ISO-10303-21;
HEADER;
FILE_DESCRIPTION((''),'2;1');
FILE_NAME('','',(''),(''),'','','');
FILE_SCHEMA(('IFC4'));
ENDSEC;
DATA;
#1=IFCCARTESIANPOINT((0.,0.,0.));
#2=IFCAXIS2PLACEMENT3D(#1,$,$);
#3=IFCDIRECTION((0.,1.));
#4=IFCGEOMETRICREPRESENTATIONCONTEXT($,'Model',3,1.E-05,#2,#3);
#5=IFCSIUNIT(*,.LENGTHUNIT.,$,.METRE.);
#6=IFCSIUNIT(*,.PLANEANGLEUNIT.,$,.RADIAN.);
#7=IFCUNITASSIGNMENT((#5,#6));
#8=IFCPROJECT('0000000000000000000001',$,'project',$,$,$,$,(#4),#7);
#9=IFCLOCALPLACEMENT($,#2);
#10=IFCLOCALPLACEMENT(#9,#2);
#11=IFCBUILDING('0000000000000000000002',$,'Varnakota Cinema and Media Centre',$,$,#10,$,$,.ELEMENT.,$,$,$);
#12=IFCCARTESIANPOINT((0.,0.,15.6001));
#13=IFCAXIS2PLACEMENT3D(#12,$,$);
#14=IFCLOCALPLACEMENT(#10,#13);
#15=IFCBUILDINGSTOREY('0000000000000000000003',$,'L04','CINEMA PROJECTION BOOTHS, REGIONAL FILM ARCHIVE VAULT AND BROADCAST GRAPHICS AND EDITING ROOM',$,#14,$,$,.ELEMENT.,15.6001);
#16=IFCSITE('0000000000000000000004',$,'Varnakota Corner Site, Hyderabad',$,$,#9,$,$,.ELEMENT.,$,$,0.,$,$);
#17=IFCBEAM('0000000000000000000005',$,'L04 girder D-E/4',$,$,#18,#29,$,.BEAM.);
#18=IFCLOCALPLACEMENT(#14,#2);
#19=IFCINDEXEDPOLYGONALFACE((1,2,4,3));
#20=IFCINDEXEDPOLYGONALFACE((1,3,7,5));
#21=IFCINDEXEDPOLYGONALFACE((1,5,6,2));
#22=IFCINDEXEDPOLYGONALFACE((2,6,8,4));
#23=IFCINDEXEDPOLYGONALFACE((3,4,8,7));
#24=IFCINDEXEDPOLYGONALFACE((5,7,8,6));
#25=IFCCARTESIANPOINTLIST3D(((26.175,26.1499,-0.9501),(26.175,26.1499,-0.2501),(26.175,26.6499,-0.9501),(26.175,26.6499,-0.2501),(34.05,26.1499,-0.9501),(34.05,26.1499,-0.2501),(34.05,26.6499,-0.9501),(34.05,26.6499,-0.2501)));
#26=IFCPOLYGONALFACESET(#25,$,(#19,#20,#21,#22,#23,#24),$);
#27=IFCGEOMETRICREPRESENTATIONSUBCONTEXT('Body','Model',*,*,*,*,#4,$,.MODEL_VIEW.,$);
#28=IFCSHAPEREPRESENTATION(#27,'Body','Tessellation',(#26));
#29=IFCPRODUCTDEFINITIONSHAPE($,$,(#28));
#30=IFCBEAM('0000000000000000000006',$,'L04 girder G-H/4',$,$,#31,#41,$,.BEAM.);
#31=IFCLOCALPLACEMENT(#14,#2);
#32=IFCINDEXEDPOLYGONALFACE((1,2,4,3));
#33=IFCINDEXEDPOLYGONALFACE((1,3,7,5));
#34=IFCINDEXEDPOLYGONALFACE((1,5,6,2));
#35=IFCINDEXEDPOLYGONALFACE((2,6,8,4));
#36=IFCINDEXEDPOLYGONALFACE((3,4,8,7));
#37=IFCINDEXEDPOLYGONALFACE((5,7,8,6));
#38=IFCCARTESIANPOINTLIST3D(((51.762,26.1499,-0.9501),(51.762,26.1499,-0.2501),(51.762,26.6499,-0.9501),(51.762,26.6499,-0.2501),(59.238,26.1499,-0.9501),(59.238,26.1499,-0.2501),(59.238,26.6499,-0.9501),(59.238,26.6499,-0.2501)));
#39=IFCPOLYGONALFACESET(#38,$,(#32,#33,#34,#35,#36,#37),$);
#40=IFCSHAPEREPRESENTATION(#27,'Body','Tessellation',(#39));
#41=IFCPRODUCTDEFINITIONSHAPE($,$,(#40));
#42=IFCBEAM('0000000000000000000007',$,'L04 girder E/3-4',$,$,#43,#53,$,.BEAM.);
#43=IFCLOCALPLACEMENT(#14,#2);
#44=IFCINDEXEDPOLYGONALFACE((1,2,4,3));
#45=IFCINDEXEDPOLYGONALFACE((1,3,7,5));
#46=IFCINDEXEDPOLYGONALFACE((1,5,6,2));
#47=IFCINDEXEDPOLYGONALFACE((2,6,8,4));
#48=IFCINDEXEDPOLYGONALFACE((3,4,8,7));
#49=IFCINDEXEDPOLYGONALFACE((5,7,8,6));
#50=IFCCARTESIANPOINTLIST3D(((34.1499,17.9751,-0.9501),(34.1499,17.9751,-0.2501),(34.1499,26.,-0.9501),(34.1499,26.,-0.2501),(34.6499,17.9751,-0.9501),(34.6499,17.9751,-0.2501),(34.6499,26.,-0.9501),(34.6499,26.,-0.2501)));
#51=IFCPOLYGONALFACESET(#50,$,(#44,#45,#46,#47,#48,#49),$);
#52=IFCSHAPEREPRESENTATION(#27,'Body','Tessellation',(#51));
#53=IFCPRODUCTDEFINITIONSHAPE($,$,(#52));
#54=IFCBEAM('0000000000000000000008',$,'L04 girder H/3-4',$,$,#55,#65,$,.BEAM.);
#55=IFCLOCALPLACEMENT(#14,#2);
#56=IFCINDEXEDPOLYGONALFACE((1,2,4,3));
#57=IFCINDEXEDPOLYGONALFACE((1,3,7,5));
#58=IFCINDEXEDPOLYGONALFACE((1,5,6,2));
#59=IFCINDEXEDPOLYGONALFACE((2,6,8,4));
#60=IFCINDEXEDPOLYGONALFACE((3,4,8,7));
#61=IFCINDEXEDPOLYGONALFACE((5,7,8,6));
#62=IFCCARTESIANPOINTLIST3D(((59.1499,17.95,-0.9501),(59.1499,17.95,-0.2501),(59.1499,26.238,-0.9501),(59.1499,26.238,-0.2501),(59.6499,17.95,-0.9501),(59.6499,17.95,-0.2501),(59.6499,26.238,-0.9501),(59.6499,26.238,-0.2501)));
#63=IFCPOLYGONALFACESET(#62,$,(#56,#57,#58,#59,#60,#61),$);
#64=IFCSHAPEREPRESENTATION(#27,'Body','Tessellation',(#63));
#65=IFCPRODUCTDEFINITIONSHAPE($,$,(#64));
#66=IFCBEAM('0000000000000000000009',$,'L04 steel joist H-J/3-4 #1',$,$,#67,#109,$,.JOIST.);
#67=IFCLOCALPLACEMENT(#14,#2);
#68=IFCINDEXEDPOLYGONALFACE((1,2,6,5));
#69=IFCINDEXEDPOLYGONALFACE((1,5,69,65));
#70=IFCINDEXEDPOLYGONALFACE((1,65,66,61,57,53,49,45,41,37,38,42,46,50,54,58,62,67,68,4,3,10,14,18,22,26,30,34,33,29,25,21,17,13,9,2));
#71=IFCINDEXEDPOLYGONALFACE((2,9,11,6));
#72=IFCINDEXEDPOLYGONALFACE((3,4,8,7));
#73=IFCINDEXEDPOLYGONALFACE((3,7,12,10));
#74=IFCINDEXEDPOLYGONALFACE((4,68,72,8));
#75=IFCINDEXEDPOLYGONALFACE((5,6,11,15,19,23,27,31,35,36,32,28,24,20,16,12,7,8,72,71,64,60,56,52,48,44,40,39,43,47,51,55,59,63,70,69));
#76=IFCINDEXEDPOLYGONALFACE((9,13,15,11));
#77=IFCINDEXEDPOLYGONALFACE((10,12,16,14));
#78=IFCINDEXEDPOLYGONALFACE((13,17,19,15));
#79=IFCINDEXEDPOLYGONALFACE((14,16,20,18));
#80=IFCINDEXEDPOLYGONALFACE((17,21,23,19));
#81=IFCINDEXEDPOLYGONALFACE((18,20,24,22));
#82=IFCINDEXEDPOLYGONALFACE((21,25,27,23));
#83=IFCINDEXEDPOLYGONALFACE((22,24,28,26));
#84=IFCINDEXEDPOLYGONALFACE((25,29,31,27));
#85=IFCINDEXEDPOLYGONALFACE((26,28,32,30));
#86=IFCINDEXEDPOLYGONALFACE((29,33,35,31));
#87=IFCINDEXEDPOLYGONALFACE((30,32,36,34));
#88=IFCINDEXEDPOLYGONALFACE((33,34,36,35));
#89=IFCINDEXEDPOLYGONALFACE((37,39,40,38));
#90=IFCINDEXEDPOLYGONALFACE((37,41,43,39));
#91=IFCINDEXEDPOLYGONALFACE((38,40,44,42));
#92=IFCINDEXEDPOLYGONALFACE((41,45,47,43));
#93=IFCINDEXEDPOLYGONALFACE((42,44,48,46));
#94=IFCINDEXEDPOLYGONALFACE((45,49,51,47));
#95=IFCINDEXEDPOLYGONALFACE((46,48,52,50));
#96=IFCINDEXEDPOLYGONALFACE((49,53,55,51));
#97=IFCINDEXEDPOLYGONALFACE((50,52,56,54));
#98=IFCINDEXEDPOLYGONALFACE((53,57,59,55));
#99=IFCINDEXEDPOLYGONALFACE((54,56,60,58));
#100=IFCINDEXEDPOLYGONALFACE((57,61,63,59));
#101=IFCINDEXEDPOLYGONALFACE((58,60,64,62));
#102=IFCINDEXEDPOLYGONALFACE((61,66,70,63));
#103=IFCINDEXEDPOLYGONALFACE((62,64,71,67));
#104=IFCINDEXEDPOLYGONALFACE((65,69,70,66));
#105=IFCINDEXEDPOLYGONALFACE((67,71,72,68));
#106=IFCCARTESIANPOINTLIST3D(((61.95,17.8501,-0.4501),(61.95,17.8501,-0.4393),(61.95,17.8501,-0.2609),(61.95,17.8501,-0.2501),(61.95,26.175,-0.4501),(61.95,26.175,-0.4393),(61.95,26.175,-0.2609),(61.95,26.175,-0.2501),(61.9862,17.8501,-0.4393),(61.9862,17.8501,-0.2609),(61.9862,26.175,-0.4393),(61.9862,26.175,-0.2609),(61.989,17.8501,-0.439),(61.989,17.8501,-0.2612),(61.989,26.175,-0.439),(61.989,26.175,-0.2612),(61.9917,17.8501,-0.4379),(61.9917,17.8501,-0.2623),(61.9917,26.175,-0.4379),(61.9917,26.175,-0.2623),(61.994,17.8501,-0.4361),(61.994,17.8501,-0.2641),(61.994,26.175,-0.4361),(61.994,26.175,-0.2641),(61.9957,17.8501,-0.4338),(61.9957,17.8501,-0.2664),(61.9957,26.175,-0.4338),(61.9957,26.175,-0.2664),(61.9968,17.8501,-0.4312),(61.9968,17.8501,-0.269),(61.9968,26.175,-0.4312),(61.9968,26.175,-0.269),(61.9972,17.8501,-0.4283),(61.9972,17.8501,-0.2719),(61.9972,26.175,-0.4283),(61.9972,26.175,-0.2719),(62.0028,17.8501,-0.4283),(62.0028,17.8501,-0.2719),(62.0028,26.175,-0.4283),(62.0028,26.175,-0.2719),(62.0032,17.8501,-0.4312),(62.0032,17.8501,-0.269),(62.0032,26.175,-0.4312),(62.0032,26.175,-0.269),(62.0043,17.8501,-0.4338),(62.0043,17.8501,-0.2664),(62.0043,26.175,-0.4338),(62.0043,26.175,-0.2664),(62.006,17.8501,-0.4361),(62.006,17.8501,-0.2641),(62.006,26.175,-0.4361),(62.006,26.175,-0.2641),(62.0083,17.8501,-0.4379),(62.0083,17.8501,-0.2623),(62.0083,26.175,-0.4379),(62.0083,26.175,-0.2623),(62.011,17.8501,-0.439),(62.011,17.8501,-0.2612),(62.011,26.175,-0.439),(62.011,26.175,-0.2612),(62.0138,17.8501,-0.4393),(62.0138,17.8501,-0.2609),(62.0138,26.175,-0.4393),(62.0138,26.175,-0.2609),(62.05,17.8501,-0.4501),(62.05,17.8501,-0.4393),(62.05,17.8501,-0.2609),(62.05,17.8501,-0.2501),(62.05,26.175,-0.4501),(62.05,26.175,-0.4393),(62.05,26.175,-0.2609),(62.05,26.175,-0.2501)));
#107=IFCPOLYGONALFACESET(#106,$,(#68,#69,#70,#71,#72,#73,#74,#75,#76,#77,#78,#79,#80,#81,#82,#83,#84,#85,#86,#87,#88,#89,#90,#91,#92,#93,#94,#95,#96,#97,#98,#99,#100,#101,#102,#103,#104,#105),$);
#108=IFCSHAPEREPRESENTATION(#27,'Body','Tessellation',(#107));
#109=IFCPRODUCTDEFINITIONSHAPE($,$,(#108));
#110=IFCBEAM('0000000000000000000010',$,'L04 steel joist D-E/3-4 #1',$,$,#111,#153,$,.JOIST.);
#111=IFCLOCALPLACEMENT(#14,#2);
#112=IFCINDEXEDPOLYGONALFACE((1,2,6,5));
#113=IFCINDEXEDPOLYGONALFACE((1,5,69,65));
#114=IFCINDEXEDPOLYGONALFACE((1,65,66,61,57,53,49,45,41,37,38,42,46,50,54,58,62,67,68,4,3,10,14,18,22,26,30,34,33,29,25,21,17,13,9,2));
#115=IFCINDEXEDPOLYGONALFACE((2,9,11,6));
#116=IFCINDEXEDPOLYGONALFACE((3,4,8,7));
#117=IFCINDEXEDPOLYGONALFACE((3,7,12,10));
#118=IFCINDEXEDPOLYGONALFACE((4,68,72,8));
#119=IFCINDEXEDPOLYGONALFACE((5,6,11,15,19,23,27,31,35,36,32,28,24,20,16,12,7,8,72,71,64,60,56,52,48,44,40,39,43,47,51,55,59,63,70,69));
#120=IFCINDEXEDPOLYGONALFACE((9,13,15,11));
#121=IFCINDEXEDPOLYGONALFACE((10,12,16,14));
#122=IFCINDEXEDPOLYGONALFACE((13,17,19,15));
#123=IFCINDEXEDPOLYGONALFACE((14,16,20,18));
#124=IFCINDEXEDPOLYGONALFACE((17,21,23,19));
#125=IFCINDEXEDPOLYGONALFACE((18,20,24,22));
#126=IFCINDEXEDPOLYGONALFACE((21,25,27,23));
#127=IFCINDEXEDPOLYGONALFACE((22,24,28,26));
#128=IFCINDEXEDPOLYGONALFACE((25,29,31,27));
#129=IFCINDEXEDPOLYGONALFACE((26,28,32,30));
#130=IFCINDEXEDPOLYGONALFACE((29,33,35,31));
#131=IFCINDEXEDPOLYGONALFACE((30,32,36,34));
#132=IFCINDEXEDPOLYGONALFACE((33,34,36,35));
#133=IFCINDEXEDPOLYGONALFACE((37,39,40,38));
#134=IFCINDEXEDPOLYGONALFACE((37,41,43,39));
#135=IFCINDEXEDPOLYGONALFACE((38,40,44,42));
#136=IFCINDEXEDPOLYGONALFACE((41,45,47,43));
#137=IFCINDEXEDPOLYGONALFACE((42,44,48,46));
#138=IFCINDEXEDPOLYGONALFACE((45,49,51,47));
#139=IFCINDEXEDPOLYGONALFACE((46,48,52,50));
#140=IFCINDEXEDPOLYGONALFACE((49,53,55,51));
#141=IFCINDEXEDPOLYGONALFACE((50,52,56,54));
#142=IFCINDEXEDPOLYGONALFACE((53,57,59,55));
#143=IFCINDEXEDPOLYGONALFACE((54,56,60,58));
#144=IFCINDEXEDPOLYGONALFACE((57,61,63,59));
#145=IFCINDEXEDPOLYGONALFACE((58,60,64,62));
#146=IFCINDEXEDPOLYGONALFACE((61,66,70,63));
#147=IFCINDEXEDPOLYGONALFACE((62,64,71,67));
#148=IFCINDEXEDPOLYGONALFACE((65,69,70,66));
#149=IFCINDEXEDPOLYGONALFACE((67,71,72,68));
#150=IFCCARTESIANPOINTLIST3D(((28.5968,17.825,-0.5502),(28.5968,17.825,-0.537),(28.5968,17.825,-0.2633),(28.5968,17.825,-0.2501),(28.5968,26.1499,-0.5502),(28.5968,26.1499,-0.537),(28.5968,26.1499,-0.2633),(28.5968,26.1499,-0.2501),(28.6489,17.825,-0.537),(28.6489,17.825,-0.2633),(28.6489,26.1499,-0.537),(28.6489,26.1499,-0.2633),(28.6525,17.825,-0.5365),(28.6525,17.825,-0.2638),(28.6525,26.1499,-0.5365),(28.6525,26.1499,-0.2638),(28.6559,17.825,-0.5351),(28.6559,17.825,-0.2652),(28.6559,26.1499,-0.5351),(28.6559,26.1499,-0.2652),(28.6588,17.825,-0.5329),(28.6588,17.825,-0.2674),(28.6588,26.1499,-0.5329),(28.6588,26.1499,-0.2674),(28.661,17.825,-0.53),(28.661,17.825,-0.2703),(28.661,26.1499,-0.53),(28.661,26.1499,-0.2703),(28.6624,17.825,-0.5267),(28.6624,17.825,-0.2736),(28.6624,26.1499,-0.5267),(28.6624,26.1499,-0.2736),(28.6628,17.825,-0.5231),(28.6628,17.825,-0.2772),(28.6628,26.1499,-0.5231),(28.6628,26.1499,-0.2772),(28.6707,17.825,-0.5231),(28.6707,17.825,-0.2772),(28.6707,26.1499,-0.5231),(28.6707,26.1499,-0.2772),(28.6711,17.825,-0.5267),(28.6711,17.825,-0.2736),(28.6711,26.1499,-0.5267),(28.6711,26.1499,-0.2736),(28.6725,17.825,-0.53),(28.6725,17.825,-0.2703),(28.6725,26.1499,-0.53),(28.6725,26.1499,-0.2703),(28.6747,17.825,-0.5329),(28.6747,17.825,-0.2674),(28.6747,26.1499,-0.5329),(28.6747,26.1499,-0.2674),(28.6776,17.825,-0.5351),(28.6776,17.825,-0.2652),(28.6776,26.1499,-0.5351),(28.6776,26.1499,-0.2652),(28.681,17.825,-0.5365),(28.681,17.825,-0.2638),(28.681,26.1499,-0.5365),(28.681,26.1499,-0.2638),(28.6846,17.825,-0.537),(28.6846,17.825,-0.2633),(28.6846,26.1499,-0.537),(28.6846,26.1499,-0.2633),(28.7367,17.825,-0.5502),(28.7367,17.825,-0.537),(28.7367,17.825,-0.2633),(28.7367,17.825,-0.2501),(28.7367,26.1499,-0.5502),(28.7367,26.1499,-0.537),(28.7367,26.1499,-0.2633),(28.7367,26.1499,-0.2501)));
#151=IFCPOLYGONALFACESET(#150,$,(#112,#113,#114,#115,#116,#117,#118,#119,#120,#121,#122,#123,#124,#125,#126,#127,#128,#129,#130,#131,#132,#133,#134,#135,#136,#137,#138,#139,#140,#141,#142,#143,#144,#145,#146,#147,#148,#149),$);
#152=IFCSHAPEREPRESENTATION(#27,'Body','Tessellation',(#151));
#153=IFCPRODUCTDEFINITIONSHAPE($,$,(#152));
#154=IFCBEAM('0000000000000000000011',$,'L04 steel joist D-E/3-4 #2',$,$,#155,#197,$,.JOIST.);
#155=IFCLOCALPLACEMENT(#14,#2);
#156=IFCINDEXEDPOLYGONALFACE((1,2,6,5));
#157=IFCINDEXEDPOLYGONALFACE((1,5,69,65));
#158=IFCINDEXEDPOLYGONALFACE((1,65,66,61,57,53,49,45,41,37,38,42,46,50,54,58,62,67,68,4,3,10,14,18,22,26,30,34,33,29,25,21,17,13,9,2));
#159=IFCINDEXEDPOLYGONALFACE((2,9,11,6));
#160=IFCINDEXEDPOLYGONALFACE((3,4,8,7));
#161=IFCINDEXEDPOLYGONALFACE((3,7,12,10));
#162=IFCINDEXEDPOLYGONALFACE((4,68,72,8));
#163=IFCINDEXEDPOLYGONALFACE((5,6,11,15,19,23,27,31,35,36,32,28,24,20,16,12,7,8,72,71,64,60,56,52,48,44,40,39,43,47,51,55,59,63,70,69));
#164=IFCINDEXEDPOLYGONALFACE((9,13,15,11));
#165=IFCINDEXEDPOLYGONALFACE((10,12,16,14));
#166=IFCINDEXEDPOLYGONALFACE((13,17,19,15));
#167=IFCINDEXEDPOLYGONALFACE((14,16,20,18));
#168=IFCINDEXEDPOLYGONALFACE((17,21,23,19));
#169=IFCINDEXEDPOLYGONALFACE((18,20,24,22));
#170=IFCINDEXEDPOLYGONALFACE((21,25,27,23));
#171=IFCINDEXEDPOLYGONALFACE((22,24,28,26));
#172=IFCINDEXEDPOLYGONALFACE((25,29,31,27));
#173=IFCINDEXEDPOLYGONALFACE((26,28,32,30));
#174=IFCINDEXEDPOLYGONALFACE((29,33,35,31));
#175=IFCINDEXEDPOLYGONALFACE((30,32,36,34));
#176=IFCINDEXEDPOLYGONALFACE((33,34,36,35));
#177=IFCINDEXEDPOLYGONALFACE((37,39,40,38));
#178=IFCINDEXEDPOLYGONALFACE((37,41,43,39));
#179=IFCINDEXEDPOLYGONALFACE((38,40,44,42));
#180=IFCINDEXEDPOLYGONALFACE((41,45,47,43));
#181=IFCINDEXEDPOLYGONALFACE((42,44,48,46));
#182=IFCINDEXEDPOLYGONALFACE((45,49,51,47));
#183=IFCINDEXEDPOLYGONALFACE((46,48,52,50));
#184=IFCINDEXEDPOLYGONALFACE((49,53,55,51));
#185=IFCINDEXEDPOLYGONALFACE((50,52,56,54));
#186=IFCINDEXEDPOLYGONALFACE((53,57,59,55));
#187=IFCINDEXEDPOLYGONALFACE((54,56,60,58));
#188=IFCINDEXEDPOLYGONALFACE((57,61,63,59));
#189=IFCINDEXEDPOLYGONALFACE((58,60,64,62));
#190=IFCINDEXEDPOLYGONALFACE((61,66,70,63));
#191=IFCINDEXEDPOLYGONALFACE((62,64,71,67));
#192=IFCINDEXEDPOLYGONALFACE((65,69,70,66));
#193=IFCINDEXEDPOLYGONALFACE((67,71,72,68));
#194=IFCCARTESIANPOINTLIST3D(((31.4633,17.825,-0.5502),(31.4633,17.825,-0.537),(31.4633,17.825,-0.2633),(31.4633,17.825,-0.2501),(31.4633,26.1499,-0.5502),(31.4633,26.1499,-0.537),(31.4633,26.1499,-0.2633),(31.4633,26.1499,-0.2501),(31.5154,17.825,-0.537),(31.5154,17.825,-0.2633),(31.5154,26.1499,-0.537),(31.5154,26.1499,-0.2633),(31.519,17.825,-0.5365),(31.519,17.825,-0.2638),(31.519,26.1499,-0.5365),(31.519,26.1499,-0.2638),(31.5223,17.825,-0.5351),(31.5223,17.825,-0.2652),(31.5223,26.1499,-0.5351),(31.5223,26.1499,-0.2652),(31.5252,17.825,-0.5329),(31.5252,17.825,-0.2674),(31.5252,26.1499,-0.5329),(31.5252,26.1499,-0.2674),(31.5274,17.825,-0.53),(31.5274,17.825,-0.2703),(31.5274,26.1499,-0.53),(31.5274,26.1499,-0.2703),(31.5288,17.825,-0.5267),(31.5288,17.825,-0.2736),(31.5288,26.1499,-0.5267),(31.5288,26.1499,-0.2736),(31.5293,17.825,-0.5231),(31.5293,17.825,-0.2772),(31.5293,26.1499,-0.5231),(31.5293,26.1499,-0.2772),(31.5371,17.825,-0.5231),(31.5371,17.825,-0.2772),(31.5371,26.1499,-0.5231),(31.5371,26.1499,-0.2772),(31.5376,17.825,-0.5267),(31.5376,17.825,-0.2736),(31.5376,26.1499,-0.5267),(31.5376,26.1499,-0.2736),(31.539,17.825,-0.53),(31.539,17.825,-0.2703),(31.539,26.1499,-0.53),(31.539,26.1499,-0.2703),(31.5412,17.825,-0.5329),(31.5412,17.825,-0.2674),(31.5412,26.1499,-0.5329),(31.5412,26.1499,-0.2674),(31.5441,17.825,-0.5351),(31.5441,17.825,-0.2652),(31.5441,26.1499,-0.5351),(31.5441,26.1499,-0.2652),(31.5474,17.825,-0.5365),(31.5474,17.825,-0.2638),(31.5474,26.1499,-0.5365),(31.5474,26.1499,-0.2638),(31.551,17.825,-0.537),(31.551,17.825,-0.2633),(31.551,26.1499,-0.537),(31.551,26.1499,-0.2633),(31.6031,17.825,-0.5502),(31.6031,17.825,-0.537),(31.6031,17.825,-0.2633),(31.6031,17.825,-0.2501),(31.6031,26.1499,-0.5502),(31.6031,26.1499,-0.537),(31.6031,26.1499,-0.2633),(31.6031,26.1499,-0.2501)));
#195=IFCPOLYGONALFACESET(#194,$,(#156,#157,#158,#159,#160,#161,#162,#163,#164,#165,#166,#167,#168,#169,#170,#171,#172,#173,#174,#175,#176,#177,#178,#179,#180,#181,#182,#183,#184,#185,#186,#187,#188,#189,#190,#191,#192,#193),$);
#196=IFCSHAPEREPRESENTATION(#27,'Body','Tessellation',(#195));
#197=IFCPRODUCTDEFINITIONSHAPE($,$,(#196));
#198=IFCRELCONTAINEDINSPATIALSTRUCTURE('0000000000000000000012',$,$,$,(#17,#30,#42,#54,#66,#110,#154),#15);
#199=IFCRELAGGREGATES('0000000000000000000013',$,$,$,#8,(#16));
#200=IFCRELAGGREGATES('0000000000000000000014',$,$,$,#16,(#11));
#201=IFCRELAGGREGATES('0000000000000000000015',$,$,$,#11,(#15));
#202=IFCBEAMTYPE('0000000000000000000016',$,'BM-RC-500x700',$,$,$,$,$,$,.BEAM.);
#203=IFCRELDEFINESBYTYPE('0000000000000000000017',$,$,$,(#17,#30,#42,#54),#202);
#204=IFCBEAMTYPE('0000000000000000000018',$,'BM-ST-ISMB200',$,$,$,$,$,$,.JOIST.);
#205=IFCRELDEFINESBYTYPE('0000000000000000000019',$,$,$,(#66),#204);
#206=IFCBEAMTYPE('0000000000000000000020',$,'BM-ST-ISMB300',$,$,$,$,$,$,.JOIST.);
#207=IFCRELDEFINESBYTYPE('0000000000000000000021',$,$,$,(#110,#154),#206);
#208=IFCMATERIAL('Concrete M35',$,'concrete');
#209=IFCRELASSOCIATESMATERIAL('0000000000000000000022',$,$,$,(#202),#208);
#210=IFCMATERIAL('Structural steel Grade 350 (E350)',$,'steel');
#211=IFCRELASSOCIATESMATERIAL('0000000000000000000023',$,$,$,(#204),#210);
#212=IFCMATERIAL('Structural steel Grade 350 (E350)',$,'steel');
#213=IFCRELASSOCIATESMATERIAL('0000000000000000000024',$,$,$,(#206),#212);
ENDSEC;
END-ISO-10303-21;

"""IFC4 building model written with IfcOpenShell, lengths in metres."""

from ifc_helpers import new_model, si_unit, direction, frame, origin, origin_2d, place, context, subcontext, project, spatial, rectangle, i_section, extrude, material, material_profile, profile_set, type_object, element, save


model = new_model("IFC4")

# Units and contexts
model_context = context("Model", 3, precision=1e-05, world=origin(), true_north=direction((0.0, 1.0)))
body_context = subcontext(model_context, "Body", "Model", "MODEL_VIEW")
ifc_project = project(units=[si_unit("LENGTHUNIT", "METRE"), si_unit("PLANEANGLEUNIT", "RADIAN")], contexts=[model_context])

# Site, building, storey
site_placement = place(None, origin())
site = spatial("IfcSite", under=ifc_project, at=site_placement, Name="Varnakota Corner Site, Hyderabad", CompositionType="ELEMENT", RefElevation=0.0)
building_placement = place(site_placement, origin())
building = spatial("IfcBuilding", under=site, at=building_placement, Name="Varnakota Cinema and Media Centre", CompositionType="ELEMENT")
storey_placement = place(building_placement, frame((0.0, 0.0, 15.6001)))
storey = spatial("IfcBuildingStorey", under=building, at=storey_placement, Name="L04", Description="CINEMA PROJECTION BOOTHS, REGIONAL FILM ARCHIVE VAULT AND BROADCAST GRAPHICS AND EDITING ROOM", CompositionType="ELEMENT", Elevation=15.6001)

# Beams
ifc_material_1 = material(Name="Concrete M35", Category="concrete")
ifc_material_profile_1 = material_profile(ifc_material_1, rectangle(XDim=0.5, YDim=0.7, at=origin_2d()), Name="RCB 500x700")
ifc_profile_set_1 = profile_set([ifc_material_profile_1], Name="Concrete M35")
beam_type_1 = type_object("IfcBeamType", Name="BM-RC-500x700", PredefinedType="BEAM", material=ifc_profile_set_1)
beam_1_placement = place(storey_placement, frame((26.175, 26.3999, -0.6001), z_axis=(1.0, 0.0, 0.0), x_axis=(0.0, 1.0, 0.0)))
element("IfcBeam", 1, at=beam_1_placement, inside=storey, type_object=beam_type_1, Name="L04 girder D-E/4", PredefinedType="BEAM", context=body_context, shape_type="SweptSolid", body=[
    extrude(rectangle(XDim=0.5, YDim=0.7, at=origin_2d()), origin(), (0.0, 0.0, 1.0), 7.875),
])
beam_2_placement = place(storey_placement, frame((51.762, 26.3999, -0.6001), z_axis=(1.0, 0.0, 0.0), x_axis=(0.0, 1.0, 0.0)))
element("IfcBeam", 2, at=beam_2_placement, inside=storey, type_object=beam_type_1, Name="L04 girder G-H/4", PredefinedType="BEAM", context=body_context, shape_type="SweptSolid", body=[
    extrude(rectangle(XDim=0.5, YDim=0.7, at=origin_2d()), origin(), (0.0, 0.0, 1.0), 7.4761),
])
beam_3_placement = place(storey_placement, frame((34.3999, 17.9751, -0.6001), z_axis=(0.0, 1.0, 0.0), x_axis=(-1.0, 0.0, 0.0)))
element("IfcBeam", 3, at=beam_3_placement, inside=storey, type_object=beam_type_1, Name="L04 girder E/3-4", PredefinedType="BEAM", context=body_context, shape_type="SweptSolid", body=[
    extrude(rectangle(XDim=0.5, YDim=0.7, at=origin_2d()), origin(), (0.0, 0.0, 1.0), 8.0249),
])
beam_4_placement = place(storey_placement, frame((59.3999, 17.95, -0.6001), z_axis=(0.0, 1.0, 0.0), x_axis=(-1.0, 0.0, 0.0)))
element("IfcBeam", 4, at=beam_4_placement, inside=storey, type_object=beam_type_1, Name="L04 girder H/3-4", PredefinedType="BEAM", context=body_context, shape_type="SweptSolid", body=[
    extrude(rectangle(XDim=0.5, YDim=0.7, at=origin_2d()), origin(), (0.0, 0.0, 1.0), 8.2881),
])
ifc_material_2 = material(Name="Structural steel Grade 350 (E350)", Category="steel")
ifc_material_profile_2 = material_profile(ifc_material_2, i_section(OverallWidth=0.1001, OverallDepth=0.2, WebThickness=0.0056, FlangeThickness=0.0107, FilletRadius=0.011, at=origin_2d()), Name="ISMB 200")
ifc_profile_set_2 = profile_set([ifc_material_profile_2], Name="Structural steel Grade 350 (E350)")
beam_type_2 = type_object("IfcBeamType", Name="BM-ST-ISMB200", PredefinedType="JOIST", material=ifc_profile_set_2)
beam_5_placement = place(storey_placement, frame((62.0, 17.8501, -0.3501), z_axis=(0.0, 1.0, 0.0), x_axis=(-1.0, 0.0, 0.0)))
element("IfcBeam", 5, at=beam_5_placement, inside=storey, type_object=beam_type_2, Name="L04 steel joist H-J/3-4 #1", PredefinedType="JOIST", context=body_context, shape_type="SweptSolid", body=[
    extrude(i_section(OverallWidth=0.1001, OverallDepth=0.2, WebThickness=0.0056, FlangeThickness=0.0107, FilletRadius=0.011, at=origin_2d()), origin(), (0.0, 0.0, 1.0), 8.325),
])
ifc_material_3 = material(Name="Structural steel Grade 350 (E350)", Category="steel")
ifc_material_profile_3 = material_profile(ifc_material_3, i_section(OverallWidth=0.1399, OverallDepth=0.3, WebThickness=0.0078, FlangeThickness=0.0132, FilletRadius=0.0139, at=origin_2d()), Name="ISMB 300")
ifc_profile_set_3 = profile_set([ifc_material_profile_3], Name="Structural steel Grade 350 (E350)")
beam_type_3 = type_object("IfcBeamType", Name="BM-ST-ISMB300", PredefinedType="JOIST", material=ifc_profile_set_3)
for number, where, z_axis, x_axis, name in (
    (6, (28.6667, 17.825, -0.4001), (0.0, 1.0, 0.0), (-1.0, 0.0, 0.0), "L04 steel joist D-E/3-4 #1"),
    (7, (31.5332, 17.825, -0.4001), (0.0, 1.0, 0.0), (-1.0, 0.0, 0.0), "L04 steel joist D-E/3-4 #2"),
):
    element("IfcBeam", number, at=place(storey_placement, frame(where, z_axis=z_axis, x_axis=x_axis)), inside=storey, type_object=beam_type_3, Name=name, PredefinedType="JOIST", context=body_context, shape_type="SweptSolid", body=[
        extrude(i_section(OverallWidth=0.1399, OverallDepth=0.3, WebThickness=0.0078, FlangeThickness=0.0132, FilletRadius=0.0139, at=origin_2d()), origin(), (0.0, 0.0, 1.0), 8.325),
    ])

save(model, "model.ifc")
